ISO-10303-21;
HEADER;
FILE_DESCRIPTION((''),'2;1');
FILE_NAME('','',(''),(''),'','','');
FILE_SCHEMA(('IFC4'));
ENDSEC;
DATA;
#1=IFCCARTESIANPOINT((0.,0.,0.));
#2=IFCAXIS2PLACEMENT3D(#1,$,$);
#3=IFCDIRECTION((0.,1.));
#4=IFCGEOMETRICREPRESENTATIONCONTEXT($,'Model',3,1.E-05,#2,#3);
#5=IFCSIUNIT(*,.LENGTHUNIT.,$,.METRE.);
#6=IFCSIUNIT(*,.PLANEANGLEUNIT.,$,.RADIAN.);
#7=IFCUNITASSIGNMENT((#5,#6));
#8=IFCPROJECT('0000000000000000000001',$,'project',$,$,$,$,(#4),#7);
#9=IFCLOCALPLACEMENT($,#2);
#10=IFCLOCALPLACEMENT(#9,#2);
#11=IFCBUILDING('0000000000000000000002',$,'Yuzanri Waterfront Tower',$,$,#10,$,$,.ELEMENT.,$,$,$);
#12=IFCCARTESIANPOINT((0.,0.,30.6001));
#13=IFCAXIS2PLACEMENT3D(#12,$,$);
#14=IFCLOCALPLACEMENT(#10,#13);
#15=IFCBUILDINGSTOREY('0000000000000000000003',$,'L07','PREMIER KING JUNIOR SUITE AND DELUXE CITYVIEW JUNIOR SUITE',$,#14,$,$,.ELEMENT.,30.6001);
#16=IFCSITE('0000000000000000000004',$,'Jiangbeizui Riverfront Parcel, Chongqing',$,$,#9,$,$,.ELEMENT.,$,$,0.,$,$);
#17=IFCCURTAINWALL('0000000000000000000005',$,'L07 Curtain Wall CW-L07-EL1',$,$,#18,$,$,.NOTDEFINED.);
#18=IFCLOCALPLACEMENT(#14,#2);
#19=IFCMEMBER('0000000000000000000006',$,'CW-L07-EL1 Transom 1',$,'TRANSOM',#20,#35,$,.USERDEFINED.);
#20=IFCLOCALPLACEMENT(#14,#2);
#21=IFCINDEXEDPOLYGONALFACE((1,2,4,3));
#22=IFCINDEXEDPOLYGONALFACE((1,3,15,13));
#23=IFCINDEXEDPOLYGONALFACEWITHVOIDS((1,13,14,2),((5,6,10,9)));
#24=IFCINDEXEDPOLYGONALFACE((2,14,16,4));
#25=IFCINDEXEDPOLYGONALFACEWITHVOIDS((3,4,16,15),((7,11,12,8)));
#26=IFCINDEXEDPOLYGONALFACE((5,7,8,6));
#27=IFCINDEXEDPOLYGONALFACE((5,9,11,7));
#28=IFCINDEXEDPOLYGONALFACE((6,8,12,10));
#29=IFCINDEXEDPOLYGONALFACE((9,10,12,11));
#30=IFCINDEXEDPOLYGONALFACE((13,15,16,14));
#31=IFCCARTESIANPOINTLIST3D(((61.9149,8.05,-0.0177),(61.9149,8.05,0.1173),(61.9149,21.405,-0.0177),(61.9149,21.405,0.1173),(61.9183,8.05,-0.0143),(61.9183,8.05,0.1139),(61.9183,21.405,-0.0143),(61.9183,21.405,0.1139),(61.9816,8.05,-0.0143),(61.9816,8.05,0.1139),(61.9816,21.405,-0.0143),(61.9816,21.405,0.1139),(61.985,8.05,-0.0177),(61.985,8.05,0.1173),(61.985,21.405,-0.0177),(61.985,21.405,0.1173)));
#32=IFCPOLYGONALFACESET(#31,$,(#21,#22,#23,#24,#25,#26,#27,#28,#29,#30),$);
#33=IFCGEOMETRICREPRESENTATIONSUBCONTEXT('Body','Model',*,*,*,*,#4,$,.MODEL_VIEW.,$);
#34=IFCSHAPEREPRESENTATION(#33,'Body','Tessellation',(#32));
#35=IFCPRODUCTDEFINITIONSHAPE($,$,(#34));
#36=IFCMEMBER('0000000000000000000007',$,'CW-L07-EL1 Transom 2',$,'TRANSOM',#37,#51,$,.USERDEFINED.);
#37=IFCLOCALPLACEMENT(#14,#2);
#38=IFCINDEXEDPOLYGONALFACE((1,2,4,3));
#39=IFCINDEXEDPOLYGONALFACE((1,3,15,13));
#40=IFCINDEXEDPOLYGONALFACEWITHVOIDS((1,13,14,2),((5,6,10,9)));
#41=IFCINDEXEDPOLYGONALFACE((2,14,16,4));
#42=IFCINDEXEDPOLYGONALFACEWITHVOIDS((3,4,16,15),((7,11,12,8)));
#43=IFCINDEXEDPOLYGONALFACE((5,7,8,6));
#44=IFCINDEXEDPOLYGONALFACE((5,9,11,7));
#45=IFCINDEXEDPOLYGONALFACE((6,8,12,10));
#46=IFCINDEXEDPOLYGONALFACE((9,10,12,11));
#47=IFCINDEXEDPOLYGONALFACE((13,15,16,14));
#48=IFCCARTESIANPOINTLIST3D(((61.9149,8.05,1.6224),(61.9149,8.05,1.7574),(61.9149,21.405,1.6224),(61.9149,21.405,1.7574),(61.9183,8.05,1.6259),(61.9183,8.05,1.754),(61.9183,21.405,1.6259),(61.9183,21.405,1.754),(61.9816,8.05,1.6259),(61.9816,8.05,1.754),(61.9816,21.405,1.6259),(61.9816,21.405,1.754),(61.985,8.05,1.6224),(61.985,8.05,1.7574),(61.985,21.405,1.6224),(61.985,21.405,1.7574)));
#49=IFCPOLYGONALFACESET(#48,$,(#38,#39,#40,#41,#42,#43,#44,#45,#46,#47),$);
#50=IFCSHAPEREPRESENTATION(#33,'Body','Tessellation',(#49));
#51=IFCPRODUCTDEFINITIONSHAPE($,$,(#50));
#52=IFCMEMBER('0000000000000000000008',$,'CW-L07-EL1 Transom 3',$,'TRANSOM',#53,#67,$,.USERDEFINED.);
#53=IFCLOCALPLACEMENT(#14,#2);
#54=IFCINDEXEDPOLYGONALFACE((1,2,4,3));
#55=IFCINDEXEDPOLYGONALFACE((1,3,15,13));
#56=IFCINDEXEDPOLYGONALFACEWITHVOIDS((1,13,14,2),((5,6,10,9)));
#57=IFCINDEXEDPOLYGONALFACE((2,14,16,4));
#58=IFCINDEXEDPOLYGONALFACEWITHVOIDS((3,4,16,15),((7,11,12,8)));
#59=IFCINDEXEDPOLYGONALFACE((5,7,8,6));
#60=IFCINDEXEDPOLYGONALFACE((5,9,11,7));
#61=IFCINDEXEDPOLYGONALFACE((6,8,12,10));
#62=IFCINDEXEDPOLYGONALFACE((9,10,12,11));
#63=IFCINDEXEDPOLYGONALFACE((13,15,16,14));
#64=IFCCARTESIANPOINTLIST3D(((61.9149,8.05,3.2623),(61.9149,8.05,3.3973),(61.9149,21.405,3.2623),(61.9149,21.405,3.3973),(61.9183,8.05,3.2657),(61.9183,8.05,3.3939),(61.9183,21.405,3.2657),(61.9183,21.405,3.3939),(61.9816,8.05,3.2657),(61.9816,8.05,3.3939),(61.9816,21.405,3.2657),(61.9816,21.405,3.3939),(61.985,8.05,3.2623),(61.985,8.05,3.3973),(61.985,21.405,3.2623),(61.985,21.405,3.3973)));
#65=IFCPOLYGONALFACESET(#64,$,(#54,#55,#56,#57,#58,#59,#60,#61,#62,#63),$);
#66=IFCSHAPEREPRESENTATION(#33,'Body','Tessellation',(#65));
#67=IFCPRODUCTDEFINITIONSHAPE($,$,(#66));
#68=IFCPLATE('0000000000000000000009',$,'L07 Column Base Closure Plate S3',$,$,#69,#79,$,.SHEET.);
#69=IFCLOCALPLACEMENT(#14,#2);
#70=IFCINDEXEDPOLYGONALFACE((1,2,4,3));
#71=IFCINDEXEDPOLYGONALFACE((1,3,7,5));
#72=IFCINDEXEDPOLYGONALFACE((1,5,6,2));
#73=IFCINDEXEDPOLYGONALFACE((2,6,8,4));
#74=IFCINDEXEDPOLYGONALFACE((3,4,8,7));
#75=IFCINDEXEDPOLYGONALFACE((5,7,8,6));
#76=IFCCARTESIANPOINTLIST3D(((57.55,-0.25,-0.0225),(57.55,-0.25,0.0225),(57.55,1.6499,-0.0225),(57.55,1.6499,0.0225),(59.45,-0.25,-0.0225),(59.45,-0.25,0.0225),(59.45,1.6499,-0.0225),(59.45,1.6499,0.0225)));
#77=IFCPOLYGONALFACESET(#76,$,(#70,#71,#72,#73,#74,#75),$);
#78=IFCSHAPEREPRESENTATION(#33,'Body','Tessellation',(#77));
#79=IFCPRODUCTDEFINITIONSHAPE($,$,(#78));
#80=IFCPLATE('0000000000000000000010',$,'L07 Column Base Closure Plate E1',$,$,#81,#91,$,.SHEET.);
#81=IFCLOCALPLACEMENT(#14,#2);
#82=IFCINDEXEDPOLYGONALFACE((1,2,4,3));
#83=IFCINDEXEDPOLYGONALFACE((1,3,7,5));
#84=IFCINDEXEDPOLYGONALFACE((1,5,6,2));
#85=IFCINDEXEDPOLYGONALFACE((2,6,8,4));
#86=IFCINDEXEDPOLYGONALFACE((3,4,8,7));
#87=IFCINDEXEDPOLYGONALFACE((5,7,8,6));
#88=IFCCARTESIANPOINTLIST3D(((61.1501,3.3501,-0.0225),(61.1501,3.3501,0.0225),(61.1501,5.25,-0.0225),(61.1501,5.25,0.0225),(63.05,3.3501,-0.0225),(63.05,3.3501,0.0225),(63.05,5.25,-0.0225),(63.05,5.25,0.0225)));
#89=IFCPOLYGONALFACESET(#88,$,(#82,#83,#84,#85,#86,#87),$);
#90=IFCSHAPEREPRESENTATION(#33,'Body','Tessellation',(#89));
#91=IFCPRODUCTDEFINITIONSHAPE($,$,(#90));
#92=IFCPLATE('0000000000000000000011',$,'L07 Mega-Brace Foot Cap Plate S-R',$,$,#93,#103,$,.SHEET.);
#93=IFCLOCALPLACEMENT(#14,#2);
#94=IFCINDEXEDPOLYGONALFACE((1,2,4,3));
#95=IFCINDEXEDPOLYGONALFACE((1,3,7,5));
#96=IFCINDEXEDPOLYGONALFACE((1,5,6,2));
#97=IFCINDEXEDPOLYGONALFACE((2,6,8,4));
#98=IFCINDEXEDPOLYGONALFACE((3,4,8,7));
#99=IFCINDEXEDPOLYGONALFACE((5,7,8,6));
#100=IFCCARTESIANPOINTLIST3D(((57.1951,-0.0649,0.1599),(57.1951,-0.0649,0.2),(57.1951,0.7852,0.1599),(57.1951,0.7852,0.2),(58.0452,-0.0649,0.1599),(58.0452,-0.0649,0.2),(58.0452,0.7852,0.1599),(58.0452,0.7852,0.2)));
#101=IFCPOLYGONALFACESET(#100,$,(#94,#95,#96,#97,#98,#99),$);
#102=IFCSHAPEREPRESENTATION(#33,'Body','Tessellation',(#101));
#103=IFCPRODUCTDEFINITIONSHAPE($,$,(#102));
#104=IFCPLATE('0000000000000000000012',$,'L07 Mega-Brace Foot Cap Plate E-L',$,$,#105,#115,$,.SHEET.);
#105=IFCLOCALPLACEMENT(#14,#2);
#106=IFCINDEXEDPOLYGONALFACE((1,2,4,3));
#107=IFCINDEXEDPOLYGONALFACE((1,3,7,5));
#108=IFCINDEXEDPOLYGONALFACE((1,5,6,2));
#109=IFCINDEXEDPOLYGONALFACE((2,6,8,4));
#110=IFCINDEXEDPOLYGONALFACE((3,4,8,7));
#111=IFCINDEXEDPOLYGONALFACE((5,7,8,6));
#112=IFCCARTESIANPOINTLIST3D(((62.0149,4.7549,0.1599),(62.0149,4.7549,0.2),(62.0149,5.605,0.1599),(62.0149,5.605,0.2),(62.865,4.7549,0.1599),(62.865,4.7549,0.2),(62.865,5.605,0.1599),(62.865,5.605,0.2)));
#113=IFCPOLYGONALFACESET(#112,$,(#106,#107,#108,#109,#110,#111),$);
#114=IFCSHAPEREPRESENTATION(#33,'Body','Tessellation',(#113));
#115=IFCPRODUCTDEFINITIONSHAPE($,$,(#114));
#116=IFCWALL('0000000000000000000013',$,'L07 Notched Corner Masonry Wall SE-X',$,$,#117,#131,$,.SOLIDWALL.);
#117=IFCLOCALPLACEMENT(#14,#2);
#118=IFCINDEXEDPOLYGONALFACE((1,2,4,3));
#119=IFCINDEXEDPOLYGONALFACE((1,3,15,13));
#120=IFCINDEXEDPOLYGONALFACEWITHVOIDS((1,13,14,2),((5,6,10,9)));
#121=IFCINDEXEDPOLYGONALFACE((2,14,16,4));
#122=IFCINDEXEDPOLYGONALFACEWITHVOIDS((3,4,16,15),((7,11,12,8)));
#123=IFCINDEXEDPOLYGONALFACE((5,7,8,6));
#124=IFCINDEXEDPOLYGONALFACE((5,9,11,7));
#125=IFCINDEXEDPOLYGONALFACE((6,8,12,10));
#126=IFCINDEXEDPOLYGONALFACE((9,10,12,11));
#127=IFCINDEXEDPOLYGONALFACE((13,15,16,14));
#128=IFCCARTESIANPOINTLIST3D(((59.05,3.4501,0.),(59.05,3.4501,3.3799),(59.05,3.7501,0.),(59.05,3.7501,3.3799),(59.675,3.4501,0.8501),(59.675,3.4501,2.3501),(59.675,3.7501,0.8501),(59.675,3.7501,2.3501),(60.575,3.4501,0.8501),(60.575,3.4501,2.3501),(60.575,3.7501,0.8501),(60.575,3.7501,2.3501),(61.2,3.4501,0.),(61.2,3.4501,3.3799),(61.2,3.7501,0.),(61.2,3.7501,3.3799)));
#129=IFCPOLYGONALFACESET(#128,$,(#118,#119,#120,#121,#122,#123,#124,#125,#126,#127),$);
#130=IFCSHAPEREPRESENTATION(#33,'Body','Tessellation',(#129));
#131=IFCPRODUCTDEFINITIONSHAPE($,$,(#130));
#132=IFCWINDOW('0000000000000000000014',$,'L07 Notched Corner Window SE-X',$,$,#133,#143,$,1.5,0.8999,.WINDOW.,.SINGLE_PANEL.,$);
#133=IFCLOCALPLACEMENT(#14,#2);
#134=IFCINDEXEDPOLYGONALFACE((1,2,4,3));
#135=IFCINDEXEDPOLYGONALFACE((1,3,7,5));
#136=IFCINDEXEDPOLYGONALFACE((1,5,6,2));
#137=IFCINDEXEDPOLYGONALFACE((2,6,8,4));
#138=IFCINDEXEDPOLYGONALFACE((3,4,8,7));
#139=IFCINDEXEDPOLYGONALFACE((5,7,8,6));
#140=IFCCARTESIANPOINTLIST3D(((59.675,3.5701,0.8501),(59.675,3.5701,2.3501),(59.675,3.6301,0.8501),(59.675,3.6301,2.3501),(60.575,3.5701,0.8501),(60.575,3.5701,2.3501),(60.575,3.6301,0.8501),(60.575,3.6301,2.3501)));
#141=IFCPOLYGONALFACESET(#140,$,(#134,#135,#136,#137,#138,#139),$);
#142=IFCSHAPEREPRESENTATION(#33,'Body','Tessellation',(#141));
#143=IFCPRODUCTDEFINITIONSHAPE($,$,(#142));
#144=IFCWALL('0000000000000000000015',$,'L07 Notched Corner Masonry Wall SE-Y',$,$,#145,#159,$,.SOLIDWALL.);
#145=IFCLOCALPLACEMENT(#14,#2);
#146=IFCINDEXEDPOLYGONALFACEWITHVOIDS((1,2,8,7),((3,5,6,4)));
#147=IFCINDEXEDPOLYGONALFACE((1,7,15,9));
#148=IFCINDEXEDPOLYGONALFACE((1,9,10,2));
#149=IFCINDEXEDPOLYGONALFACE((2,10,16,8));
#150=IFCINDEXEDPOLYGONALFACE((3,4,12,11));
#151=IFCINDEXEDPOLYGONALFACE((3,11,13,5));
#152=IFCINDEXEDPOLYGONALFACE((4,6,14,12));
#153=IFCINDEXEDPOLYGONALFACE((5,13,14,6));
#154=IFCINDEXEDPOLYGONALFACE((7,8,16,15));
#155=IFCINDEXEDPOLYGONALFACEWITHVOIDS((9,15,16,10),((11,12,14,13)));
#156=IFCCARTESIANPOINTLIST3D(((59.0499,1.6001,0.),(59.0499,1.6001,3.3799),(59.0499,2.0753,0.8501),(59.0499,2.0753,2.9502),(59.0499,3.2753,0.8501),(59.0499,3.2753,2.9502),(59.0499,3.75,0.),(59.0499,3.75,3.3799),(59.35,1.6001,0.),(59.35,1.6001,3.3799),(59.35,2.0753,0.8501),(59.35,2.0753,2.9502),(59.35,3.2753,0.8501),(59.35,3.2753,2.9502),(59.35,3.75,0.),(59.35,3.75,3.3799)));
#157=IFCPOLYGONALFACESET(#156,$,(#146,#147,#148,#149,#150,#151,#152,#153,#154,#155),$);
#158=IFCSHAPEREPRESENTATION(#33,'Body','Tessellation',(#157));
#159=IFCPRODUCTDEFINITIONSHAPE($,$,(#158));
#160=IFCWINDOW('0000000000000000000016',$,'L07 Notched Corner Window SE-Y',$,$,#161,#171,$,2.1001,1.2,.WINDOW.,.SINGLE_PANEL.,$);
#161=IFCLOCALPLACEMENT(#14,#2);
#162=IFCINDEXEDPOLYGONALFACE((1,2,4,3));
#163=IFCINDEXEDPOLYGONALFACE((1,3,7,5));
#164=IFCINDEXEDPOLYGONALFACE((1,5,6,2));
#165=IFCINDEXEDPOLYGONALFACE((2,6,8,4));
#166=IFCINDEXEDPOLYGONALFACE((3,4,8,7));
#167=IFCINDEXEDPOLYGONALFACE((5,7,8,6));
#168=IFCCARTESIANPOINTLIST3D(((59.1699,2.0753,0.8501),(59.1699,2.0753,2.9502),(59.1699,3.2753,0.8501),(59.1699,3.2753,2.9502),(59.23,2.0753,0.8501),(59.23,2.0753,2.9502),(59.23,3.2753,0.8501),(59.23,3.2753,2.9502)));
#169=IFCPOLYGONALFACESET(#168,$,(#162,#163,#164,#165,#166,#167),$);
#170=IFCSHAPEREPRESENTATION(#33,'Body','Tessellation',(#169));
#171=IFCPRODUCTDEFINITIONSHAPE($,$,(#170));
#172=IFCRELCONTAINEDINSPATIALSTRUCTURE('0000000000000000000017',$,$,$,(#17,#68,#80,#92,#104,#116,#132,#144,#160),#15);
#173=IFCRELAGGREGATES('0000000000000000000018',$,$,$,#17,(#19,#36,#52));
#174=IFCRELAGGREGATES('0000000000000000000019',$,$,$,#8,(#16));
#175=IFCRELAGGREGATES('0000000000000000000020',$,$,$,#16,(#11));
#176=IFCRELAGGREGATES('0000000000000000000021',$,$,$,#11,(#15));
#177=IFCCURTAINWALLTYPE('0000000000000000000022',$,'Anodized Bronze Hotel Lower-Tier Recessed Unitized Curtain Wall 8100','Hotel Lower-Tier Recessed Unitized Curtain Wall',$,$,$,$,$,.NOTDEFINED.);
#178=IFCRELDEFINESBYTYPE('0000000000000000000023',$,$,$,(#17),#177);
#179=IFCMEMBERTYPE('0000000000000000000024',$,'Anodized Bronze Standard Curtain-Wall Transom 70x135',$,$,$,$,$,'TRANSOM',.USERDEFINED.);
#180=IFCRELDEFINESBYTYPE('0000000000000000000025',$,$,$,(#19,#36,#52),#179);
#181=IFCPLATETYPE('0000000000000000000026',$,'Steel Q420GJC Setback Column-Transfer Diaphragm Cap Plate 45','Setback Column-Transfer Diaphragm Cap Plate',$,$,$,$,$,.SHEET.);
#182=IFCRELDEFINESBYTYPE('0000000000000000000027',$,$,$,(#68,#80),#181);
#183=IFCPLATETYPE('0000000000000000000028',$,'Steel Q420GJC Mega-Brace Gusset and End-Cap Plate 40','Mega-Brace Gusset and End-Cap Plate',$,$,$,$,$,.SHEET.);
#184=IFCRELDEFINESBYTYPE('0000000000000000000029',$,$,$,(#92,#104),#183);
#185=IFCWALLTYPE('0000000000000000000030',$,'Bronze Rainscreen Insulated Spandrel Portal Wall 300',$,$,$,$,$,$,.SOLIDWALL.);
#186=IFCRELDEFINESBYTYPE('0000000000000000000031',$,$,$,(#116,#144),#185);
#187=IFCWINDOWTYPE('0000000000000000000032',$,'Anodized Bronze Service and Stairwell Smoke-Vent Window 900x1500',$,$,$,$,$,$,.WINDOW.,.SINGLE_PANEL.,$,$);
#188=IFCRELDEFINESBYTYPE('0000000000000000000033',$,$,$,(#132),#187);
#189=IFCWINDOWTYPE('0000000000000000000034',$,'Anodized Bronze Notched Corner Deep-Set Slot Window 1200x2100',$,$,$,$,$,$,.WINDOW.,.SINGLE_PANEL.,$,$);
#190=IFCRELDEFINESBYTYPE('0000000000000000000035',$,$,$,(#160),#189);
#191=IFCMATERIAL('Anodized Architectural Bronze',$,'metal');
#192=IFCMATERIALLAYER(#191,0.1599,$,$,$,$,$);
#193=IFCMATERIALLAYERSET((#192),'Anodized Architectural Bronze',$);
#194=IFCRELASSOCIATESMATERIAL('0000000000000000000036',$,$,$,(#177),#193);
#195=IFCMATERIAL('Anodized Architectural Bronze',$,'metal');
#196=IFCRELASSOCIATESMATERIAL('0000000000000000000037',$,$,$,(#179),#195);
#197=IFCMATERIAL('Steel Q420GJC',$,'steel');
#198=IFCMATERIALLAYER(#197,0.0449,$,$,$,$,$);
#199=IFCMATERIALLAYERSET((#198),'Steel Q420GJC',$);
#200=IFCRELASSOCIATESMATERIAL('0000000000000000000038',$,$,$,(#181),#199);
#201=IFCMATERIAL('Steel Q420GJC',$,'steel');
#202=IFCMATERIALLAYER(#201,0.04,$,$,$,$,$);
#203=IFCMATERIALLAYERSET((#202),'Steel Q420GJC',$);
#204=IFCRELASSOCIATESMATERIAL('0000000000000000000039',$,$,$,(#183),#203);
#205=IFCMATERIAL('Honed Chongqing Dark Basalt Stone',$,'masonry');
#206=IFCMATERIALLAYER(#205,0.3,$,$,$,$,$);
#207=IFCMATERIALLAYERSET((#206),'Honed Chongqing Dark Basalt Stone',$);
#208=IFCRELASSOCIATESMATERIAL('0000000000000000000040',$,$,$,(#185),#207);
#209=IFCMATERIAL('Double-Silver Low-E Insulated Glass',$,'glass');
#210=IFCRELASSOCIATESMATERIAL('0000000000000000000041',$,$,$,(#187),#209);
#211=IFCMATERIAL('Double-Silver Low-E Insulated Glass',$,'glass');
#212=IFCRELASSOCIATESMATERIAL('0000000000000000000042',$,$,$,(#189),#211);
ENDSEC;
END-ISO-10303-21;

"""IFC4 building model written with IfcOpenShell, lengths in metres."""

from ifc_helpers import new_model, si_unit, direction, frame, frame_2d, origin, origin_2d, place, context, subcontext, project, spatial, rectangle, hollow_rectangle, extrude, source, transform, mapped, material, layer, layer_set, material_profile, profile_set, type_object, element, fill, aggregate, save


model = new_model("IFC4")

# Units and contexts
model_context = context("Model", 3, precision=1e-05, world=origin(), true_north=direction((0.0, 1.0)))
body_context = subcontext(model_context, "Body", "Model", "MODEL_VIEW")
ifc_project = project(units=[si_unit("LENGTHUNIT", "METRE"), si_unit("PLANEANGLEUNIT", "RADIAN")], contexts=[model_context])

# Site, building, storey
site_placement = place(None, origin())
site = spatial("IfcSite", under=ifc_project, at=site_placement, Name="Jiangbeizui Riverfront Parcel, Chongqing", CompositionType="ELEMENT", RefElevation=0.0)
building_placement = place(site_placement, origin())
building = spatial("IfcBuilding", under=site, at=building_placement, Name="Yuzanri Waterfront Tower", CompositionType="ELEMENT")
storey_placement = place(building_placement, frame((0.0, 0.0, 30.6001)))
storey = spatial("IfcBuildingStorey", under=building, at=storey_placement, Name="L07", Description="PREMIER KING JUNIOR SUITE AND DELUXE CITYVIEW JUNIOR SUITE", CompositionType="ELEMENT", Elevation=30.6001)

# Curtain wall, members
ifc_material_1 = material(Name="Anodized Architectural Bronze", Category="metal")
ifc_layer_1 = layer(ifc_material_1, 0.1599)
ifc_layer_set_1 = layer_set([ifc_layer_1], Name="Anodized Architectural Bronze")
curtain_wall_type = type_object("IfcCurtainWallType", Name="Anodized Bronze Hotel Lower-Tier Recessed Unitized Curtain Wall 8100", Description="Hotel Lower-Tier Recessed Unitized Curtain Wall", PredefinedType="NOTDEFINED", material=ifc_layer_set_1)
curtain_wall_1_placement = place(storey_placement, origin())
curtain_wall_1 = element("IfcCurtainWall", 1, at=curtain_wall_1_placement, inside=storey, type_object=curtain_wall_type, Name="L07 Curtain Wall CW-L07-EL1", PredefinedType="NOTDEFINED")
ifc_material_2 = material(Name="Anodized Architectural Bronze", Category="metal")
ifc_material_profile_1 = material_profile(ifc_material_2, hollow_rectangle(XDim=0.0701, YDim=0.135, WallThickness=0.0034, at=origin_2d()), Name="CWT 70x135")
ifc_profile_set_1 = profile_set([ifc_material_profile_1], Name="Anodized Architectural Bronze")
member_type_1 = type_object("IfcMemberType", Name="Anodized Bronze Standard Curtain-Wall Transom 70x135", ElementType="TRANSOM", PredefinedType="USERDEFINED", material=ifc_profile_set_1)
shared_shape_1 = source(origin(), body_context, "Body", "SweptSolid", [
    extrude(hollow_rectangle(XDim=0.0701, YDim=0.135, WallThickness=0.0034, at=origin_2d()), origin(), (0.0, 0.0, 1.0), 13.355),
])
member_1_placement = place(storey_placement, frame((61.95, 8.05, 0.0498), z_axis=(0.0, 1.0, 0.0), x_axis=(-1.0, 0.0, 0.0)))
member_1 = element("IfcMember", 2, at=member_1_placement, type_object=member_type_1, Name="CW-L07-EL1 Transom 1", ObjectType="TRANSOM", PredefinedType="USERDEFINED", context=body_context, shape_type="MappedRepresentation", body=[
    mapped(shared_shape_1, transform((0.0, 0.0, 0.0), scale=1.0)),
])
member_2_placement = place(storey_placement, frame((61.95, 8.05, 1.6899), z_axis=(0.0, 1.0, 0.0), x_axis=(-1.0, 0.0, 0.0)))
member_2 = element("IfcMember", 3, at=member_2_placement, type_object=member_type_1, Name="CW-L07-EL1 Transom 2", ObjectType="TRANSOM", PredefinedType="USERDEFINED", context=body_context, shape_type="MappedRepresentation", body=[
    mapped(shared_shape_1, transform((0.0, 0.0, 0.0), scale=1.0)),
])
member_3_placement = place(storey_placement, frame((61.95, 8.05, 3.3298), z_axis=(0.0, 1.0, 0.0), x_axis=(-1.0, 0.0, 0.0)))
member_3 = element("IfcMember", 4, at=member_3_placement, type_object=member_type_1, Name="CW-L07-EL1 Transom 3", ObjectType="TRANSOM", PredefinedType="USERDEFINED", context=body_context, shape_type="MappedRepresentation", body=[
    mapped(shared_shape_1, transform((0.0, 0.0, 0.0), scale=1.0)),
])
aggregate(curtain_wall_1, [member_1, member_2, member_3])

# Plates
ifc_material_3 = material(Name="Steel Q420GJC", Category="steel")
ifc_layer_2 = layer(ifc_material_3, 0.0449)
ifc_layer_set_2 = layer_set([ifc_layer_2], Name="Steel Q420GJC")
plate_type_1 = type_object("IfcPlateType", Name="Steel Q420GJC Setback Column-Transfer Diaphragm Cap Plate 45", Description="Setback Column-Transfer Diaphragm Cap Plate", PredefinedType="SHEET", material=ifc_layer_set_2)
shared_shape_2 = source(origin(), body_context, "Body", "SweptSolid", [
    extrude(rectangle(XDim=1.8999, YDim=1.8999, at=origin_2d()), origin(), (0.0, 0.0, 1.0), 0.0449),
])
for number, where, z_axis, x_axis, name in (
    (5, (58.5, 0.7, -0.0225), (0.0, 0.0, 1.0), (1.0, 0.0, 0.0), "L07 Column Base Closure Plate S3"),
    (6, (62.1001, 4.3, -0.0225), (0.0, 0.0, 1.0), (1.0, 0.0, 0.0), "L07 Column Base Closure Plate E1"),
):
    element("IfcPlate", number, at=place(storey_placement, frame(where, z_axis=z_axis, x_axis=x_axis)), inside=storey, type_object=plate_type_1, Name=name, PredefinedType="SHEET", context=body_context, shape_type="MappedRepresentation", body=[
        mapped(shared_shape_2, transform((0.0, 0.0, 0.0), scale=1.0)),
    ])
ifc_material_4 = material(Name="Steel Q420GJC", Category="steel")
ifc_layer_3 = layer(ifc_material_4, 0.04)
ifc_layer_set_3 = layer_set([ifc_layer_3], Name="Steel Q420GJC")
plate_type_2 = type_object("IfcPlateType", Name="Steel Q420GJC Mega-Brace Gusset and End-Cap Plate 40", Description="Mega-Brace Gusset and End-Cap Plate", PredefinedType="SHEET", material=ifc_layer_set_3)
shared_shape_3 = source(origin(), body_context, "Body", "SweptSolid", [
    extrude(rectangle(XDim=0.8501, YDim=0.8501, at=origin_2d()), origin(), (0.0, 0.0, 1.0), 0.04),
])
for number, where, z_axis, x_axis, name in (
    (7, (57.6201, 0.3601, 0.1599), (0.0, 0.0, 1.0), (1.0, 0.0, 0.0), "L07 Mega-Brace Foot Cap Plate S-R"),
    (8, (62.4399, 5.1799, 0.1599), (0.0, 0.0, 1.0), (1.0, 0.0, 0.0), "L07 Mega-Brace Foot Cap Plate E-L"),
):
    element("IfcPlate", number, at=place(storey_placement, frame(where, z_axis=z_axis, x_axis=x_axis)), inside=storey, type_object=plate_type_2, Name=name, PredefinedType="SHEET", context=body_context, shape_type="MappedRepresentation", body=[
        mapped(shared_shape_3, transform((0.0, 0.0, 0.0), scale=1.0)),
    ])

# Walls, openings, windows
ifc_material_5 = material(Name="Honed Chongqing Dark Basalt Stone", Category="masonry")
ifc_layer_4 = layer(ifc_material_5, 0.3)
ifc_layer_set_4 = layer_set([ifc_layer_4], Name="Honed Chongqing Dark Basalt Stone")
wall_type_1 = type_object("IfcWallType", Name="Bronze Rainscreen Insulated Spandrel Portal Wall 300", PredefinedType="SOLIDWALL", material=ifc_layer_set_4)
wall_1_placement = place(storey_placement, frame((59.05, 3.6001, 0.0), z_axis=(0.0, 0.0, 1.0), x_axis=(1.0, 0.0, 0.0)))
wall_1 = element("IfcWall", 9, at=wall_1_placement, inside=storey, type_object=wall_type_1, Name="L07 Notched Corner Masonry Wall SE-X", PredefinedType="SOLIDWALL", context=body_context, shape_type="SweptSolid", body=[
    extrude(rectangle(XDim=2.1499, YDim=0.3, at=frame_2d((1.075, 0.0))), origin(), (0.0, 0.0, 1.0), 3.3799),
])
opening_1_placement = place(wall_1_placement, frame((0.625, 0.0, 0.8501)))
opening_1 = element("IfcOpeningElement", 10, at=opening_1_placement, cuts=wall_1, PredefinedType="OPENING", context=body_context, shape_type="SweptSolid", body=[
    extrude(rectangle(XDim=0.8999, YDim=1.5, at=frame_2d((0.45, 0.75))), frame((0.0, 0.165, 0.0), z_axis=(0.0, -1.0, 0.0), x_axis=(1.0, 0.0, 0.0)), (0.0, 0.0, 1.0), 0.3298),
])
ifc_material_6 = material(Name="Double-Silver Low-E Insulated Glass", Category="glass")
window_type_1 = type_object("IfcWindowType", Name="Anodized Bronze Service and Stairwell Smoke-Vent Window 900x1500", PartitioningType="SINGLE_PANEL", PredefinedType="WINDOW", material=ifc_material_6)
shared_shape_4 = source(origin(), body_context, "Body", "SweptSolid", [
    extrude(rectangle(XDim=0.8999, YDim=1.5, at=frame_2d((0.45, 0.75))), frame((0.0, 0.03, 0.0), z_axis=(0.0, -1.0, 0.0), x_axis=(1.0, 0.0, 0.0)), (0.0, 0.0, 1.0), 0.0601),
])
window_1_placement = place(opening_1_placement, origin())
window_1 = element("IfcWindow", 11, at=window_1_placement, inside=storey, type_object=window_type_1, Name="L07 Notched Corner Window SE-X", OverallHeight=1.5, OverallWidth=0.8999, PartitioningType="SINGLE_PANEL", PredefinedType="WINDOW", context=body_context, shape_type="MappedRepresentation", body=[
    mapped(shared_shape_4, transform((0.0, 0.0, 0.0), scale=1.0)),
])
fill(opening_1, window_1)
wall_2_placement = place(storey_placement, frame((59.2, 1.6001, 0.0), z_axis=(0.0, 0.0, 1.0), x_axis=(0.0, 1.0, 0.0)))
wall_2 = element("IfcWall", 12, at=wall_2_placement, inside=storey, type_object=wall_type_1, Name="L07 Notched Corner Masonry Wall SE-Y", PredefinedType="SOLIDWALL", context=body_context, shape_type="SweptSolid", body=[
    extrude(rectangle(XDim=2.1499, YDim=0.3, at=frame_2d((1.075, 0.0))), origin(), (0.0, 0.0, 1.0), 3.3799),
])
opening_2_placement = place(wall_2_placement, frame((0.4751, 0.0, 0.8501)))
opening_2 = element("IfcOpeningElement", 13, at=opening_2_placement, cuts=wall_2, PredefinedType="OPENING", context=body_context, shape_type="SweptSolid", body=[
    extrude(rectangle(XDim=1.2, YDim=2.1001, at=frame_2d((0.6001, 1.05))), frame((0.0, 0.165, 0.0), z_axis=(0.0, -1.0, 0.0), x_axis=(1.0, 0.0, 0.0)), (0.0, 0.0, 1.0), 0.3298),
])
ifc_material_7 = material(Name="Double-Silver Low-E Insulated Glass", Category="glass")
window_type_2 = type_object("IfcWindowType", Name="Anodized Bronze Notched Corner Deep-Set Slot Window 1200x2100", PartitioningType="SINGLE_PANEL", PredefinedType="WINDOW", material=ifc_material_7)
shared_shape_5 = source(origin(), body_context, "Body", "SweptSolid", [
    extrude(rectangle(XDim=1.2, YDim=2.1001, at=frame_2d((0.6001, 1.05))), frame((0.0, 0.03, 0.0), z_axis=(0.0, -1.0, 0.0), x_axis=(1.0, 0.0, 0.0)), (0.0, 0.0, 1.0), 0.0601),
])
window_2_placement = place(opening_2_placement, origin())
window_2 = element("IfcWindow", 14, at=window_2_placement, inside=storey, type_object=window_type_2, Name="L07 Notched Corner Window SE-Y", OverallHeight=2.1001, OverallWidth=1.2, PartitioningType="SINGLE_PANEL", PredefinedType="WINDOW", context=body_context, shape_type="MappedRepresentation", body=[
    mapped(shared_shape_5, transform((0.0, 0.0, 0.0), scale=1.0)),
])
fill(opening_2, window_2)

save(model, "model.ifc")
